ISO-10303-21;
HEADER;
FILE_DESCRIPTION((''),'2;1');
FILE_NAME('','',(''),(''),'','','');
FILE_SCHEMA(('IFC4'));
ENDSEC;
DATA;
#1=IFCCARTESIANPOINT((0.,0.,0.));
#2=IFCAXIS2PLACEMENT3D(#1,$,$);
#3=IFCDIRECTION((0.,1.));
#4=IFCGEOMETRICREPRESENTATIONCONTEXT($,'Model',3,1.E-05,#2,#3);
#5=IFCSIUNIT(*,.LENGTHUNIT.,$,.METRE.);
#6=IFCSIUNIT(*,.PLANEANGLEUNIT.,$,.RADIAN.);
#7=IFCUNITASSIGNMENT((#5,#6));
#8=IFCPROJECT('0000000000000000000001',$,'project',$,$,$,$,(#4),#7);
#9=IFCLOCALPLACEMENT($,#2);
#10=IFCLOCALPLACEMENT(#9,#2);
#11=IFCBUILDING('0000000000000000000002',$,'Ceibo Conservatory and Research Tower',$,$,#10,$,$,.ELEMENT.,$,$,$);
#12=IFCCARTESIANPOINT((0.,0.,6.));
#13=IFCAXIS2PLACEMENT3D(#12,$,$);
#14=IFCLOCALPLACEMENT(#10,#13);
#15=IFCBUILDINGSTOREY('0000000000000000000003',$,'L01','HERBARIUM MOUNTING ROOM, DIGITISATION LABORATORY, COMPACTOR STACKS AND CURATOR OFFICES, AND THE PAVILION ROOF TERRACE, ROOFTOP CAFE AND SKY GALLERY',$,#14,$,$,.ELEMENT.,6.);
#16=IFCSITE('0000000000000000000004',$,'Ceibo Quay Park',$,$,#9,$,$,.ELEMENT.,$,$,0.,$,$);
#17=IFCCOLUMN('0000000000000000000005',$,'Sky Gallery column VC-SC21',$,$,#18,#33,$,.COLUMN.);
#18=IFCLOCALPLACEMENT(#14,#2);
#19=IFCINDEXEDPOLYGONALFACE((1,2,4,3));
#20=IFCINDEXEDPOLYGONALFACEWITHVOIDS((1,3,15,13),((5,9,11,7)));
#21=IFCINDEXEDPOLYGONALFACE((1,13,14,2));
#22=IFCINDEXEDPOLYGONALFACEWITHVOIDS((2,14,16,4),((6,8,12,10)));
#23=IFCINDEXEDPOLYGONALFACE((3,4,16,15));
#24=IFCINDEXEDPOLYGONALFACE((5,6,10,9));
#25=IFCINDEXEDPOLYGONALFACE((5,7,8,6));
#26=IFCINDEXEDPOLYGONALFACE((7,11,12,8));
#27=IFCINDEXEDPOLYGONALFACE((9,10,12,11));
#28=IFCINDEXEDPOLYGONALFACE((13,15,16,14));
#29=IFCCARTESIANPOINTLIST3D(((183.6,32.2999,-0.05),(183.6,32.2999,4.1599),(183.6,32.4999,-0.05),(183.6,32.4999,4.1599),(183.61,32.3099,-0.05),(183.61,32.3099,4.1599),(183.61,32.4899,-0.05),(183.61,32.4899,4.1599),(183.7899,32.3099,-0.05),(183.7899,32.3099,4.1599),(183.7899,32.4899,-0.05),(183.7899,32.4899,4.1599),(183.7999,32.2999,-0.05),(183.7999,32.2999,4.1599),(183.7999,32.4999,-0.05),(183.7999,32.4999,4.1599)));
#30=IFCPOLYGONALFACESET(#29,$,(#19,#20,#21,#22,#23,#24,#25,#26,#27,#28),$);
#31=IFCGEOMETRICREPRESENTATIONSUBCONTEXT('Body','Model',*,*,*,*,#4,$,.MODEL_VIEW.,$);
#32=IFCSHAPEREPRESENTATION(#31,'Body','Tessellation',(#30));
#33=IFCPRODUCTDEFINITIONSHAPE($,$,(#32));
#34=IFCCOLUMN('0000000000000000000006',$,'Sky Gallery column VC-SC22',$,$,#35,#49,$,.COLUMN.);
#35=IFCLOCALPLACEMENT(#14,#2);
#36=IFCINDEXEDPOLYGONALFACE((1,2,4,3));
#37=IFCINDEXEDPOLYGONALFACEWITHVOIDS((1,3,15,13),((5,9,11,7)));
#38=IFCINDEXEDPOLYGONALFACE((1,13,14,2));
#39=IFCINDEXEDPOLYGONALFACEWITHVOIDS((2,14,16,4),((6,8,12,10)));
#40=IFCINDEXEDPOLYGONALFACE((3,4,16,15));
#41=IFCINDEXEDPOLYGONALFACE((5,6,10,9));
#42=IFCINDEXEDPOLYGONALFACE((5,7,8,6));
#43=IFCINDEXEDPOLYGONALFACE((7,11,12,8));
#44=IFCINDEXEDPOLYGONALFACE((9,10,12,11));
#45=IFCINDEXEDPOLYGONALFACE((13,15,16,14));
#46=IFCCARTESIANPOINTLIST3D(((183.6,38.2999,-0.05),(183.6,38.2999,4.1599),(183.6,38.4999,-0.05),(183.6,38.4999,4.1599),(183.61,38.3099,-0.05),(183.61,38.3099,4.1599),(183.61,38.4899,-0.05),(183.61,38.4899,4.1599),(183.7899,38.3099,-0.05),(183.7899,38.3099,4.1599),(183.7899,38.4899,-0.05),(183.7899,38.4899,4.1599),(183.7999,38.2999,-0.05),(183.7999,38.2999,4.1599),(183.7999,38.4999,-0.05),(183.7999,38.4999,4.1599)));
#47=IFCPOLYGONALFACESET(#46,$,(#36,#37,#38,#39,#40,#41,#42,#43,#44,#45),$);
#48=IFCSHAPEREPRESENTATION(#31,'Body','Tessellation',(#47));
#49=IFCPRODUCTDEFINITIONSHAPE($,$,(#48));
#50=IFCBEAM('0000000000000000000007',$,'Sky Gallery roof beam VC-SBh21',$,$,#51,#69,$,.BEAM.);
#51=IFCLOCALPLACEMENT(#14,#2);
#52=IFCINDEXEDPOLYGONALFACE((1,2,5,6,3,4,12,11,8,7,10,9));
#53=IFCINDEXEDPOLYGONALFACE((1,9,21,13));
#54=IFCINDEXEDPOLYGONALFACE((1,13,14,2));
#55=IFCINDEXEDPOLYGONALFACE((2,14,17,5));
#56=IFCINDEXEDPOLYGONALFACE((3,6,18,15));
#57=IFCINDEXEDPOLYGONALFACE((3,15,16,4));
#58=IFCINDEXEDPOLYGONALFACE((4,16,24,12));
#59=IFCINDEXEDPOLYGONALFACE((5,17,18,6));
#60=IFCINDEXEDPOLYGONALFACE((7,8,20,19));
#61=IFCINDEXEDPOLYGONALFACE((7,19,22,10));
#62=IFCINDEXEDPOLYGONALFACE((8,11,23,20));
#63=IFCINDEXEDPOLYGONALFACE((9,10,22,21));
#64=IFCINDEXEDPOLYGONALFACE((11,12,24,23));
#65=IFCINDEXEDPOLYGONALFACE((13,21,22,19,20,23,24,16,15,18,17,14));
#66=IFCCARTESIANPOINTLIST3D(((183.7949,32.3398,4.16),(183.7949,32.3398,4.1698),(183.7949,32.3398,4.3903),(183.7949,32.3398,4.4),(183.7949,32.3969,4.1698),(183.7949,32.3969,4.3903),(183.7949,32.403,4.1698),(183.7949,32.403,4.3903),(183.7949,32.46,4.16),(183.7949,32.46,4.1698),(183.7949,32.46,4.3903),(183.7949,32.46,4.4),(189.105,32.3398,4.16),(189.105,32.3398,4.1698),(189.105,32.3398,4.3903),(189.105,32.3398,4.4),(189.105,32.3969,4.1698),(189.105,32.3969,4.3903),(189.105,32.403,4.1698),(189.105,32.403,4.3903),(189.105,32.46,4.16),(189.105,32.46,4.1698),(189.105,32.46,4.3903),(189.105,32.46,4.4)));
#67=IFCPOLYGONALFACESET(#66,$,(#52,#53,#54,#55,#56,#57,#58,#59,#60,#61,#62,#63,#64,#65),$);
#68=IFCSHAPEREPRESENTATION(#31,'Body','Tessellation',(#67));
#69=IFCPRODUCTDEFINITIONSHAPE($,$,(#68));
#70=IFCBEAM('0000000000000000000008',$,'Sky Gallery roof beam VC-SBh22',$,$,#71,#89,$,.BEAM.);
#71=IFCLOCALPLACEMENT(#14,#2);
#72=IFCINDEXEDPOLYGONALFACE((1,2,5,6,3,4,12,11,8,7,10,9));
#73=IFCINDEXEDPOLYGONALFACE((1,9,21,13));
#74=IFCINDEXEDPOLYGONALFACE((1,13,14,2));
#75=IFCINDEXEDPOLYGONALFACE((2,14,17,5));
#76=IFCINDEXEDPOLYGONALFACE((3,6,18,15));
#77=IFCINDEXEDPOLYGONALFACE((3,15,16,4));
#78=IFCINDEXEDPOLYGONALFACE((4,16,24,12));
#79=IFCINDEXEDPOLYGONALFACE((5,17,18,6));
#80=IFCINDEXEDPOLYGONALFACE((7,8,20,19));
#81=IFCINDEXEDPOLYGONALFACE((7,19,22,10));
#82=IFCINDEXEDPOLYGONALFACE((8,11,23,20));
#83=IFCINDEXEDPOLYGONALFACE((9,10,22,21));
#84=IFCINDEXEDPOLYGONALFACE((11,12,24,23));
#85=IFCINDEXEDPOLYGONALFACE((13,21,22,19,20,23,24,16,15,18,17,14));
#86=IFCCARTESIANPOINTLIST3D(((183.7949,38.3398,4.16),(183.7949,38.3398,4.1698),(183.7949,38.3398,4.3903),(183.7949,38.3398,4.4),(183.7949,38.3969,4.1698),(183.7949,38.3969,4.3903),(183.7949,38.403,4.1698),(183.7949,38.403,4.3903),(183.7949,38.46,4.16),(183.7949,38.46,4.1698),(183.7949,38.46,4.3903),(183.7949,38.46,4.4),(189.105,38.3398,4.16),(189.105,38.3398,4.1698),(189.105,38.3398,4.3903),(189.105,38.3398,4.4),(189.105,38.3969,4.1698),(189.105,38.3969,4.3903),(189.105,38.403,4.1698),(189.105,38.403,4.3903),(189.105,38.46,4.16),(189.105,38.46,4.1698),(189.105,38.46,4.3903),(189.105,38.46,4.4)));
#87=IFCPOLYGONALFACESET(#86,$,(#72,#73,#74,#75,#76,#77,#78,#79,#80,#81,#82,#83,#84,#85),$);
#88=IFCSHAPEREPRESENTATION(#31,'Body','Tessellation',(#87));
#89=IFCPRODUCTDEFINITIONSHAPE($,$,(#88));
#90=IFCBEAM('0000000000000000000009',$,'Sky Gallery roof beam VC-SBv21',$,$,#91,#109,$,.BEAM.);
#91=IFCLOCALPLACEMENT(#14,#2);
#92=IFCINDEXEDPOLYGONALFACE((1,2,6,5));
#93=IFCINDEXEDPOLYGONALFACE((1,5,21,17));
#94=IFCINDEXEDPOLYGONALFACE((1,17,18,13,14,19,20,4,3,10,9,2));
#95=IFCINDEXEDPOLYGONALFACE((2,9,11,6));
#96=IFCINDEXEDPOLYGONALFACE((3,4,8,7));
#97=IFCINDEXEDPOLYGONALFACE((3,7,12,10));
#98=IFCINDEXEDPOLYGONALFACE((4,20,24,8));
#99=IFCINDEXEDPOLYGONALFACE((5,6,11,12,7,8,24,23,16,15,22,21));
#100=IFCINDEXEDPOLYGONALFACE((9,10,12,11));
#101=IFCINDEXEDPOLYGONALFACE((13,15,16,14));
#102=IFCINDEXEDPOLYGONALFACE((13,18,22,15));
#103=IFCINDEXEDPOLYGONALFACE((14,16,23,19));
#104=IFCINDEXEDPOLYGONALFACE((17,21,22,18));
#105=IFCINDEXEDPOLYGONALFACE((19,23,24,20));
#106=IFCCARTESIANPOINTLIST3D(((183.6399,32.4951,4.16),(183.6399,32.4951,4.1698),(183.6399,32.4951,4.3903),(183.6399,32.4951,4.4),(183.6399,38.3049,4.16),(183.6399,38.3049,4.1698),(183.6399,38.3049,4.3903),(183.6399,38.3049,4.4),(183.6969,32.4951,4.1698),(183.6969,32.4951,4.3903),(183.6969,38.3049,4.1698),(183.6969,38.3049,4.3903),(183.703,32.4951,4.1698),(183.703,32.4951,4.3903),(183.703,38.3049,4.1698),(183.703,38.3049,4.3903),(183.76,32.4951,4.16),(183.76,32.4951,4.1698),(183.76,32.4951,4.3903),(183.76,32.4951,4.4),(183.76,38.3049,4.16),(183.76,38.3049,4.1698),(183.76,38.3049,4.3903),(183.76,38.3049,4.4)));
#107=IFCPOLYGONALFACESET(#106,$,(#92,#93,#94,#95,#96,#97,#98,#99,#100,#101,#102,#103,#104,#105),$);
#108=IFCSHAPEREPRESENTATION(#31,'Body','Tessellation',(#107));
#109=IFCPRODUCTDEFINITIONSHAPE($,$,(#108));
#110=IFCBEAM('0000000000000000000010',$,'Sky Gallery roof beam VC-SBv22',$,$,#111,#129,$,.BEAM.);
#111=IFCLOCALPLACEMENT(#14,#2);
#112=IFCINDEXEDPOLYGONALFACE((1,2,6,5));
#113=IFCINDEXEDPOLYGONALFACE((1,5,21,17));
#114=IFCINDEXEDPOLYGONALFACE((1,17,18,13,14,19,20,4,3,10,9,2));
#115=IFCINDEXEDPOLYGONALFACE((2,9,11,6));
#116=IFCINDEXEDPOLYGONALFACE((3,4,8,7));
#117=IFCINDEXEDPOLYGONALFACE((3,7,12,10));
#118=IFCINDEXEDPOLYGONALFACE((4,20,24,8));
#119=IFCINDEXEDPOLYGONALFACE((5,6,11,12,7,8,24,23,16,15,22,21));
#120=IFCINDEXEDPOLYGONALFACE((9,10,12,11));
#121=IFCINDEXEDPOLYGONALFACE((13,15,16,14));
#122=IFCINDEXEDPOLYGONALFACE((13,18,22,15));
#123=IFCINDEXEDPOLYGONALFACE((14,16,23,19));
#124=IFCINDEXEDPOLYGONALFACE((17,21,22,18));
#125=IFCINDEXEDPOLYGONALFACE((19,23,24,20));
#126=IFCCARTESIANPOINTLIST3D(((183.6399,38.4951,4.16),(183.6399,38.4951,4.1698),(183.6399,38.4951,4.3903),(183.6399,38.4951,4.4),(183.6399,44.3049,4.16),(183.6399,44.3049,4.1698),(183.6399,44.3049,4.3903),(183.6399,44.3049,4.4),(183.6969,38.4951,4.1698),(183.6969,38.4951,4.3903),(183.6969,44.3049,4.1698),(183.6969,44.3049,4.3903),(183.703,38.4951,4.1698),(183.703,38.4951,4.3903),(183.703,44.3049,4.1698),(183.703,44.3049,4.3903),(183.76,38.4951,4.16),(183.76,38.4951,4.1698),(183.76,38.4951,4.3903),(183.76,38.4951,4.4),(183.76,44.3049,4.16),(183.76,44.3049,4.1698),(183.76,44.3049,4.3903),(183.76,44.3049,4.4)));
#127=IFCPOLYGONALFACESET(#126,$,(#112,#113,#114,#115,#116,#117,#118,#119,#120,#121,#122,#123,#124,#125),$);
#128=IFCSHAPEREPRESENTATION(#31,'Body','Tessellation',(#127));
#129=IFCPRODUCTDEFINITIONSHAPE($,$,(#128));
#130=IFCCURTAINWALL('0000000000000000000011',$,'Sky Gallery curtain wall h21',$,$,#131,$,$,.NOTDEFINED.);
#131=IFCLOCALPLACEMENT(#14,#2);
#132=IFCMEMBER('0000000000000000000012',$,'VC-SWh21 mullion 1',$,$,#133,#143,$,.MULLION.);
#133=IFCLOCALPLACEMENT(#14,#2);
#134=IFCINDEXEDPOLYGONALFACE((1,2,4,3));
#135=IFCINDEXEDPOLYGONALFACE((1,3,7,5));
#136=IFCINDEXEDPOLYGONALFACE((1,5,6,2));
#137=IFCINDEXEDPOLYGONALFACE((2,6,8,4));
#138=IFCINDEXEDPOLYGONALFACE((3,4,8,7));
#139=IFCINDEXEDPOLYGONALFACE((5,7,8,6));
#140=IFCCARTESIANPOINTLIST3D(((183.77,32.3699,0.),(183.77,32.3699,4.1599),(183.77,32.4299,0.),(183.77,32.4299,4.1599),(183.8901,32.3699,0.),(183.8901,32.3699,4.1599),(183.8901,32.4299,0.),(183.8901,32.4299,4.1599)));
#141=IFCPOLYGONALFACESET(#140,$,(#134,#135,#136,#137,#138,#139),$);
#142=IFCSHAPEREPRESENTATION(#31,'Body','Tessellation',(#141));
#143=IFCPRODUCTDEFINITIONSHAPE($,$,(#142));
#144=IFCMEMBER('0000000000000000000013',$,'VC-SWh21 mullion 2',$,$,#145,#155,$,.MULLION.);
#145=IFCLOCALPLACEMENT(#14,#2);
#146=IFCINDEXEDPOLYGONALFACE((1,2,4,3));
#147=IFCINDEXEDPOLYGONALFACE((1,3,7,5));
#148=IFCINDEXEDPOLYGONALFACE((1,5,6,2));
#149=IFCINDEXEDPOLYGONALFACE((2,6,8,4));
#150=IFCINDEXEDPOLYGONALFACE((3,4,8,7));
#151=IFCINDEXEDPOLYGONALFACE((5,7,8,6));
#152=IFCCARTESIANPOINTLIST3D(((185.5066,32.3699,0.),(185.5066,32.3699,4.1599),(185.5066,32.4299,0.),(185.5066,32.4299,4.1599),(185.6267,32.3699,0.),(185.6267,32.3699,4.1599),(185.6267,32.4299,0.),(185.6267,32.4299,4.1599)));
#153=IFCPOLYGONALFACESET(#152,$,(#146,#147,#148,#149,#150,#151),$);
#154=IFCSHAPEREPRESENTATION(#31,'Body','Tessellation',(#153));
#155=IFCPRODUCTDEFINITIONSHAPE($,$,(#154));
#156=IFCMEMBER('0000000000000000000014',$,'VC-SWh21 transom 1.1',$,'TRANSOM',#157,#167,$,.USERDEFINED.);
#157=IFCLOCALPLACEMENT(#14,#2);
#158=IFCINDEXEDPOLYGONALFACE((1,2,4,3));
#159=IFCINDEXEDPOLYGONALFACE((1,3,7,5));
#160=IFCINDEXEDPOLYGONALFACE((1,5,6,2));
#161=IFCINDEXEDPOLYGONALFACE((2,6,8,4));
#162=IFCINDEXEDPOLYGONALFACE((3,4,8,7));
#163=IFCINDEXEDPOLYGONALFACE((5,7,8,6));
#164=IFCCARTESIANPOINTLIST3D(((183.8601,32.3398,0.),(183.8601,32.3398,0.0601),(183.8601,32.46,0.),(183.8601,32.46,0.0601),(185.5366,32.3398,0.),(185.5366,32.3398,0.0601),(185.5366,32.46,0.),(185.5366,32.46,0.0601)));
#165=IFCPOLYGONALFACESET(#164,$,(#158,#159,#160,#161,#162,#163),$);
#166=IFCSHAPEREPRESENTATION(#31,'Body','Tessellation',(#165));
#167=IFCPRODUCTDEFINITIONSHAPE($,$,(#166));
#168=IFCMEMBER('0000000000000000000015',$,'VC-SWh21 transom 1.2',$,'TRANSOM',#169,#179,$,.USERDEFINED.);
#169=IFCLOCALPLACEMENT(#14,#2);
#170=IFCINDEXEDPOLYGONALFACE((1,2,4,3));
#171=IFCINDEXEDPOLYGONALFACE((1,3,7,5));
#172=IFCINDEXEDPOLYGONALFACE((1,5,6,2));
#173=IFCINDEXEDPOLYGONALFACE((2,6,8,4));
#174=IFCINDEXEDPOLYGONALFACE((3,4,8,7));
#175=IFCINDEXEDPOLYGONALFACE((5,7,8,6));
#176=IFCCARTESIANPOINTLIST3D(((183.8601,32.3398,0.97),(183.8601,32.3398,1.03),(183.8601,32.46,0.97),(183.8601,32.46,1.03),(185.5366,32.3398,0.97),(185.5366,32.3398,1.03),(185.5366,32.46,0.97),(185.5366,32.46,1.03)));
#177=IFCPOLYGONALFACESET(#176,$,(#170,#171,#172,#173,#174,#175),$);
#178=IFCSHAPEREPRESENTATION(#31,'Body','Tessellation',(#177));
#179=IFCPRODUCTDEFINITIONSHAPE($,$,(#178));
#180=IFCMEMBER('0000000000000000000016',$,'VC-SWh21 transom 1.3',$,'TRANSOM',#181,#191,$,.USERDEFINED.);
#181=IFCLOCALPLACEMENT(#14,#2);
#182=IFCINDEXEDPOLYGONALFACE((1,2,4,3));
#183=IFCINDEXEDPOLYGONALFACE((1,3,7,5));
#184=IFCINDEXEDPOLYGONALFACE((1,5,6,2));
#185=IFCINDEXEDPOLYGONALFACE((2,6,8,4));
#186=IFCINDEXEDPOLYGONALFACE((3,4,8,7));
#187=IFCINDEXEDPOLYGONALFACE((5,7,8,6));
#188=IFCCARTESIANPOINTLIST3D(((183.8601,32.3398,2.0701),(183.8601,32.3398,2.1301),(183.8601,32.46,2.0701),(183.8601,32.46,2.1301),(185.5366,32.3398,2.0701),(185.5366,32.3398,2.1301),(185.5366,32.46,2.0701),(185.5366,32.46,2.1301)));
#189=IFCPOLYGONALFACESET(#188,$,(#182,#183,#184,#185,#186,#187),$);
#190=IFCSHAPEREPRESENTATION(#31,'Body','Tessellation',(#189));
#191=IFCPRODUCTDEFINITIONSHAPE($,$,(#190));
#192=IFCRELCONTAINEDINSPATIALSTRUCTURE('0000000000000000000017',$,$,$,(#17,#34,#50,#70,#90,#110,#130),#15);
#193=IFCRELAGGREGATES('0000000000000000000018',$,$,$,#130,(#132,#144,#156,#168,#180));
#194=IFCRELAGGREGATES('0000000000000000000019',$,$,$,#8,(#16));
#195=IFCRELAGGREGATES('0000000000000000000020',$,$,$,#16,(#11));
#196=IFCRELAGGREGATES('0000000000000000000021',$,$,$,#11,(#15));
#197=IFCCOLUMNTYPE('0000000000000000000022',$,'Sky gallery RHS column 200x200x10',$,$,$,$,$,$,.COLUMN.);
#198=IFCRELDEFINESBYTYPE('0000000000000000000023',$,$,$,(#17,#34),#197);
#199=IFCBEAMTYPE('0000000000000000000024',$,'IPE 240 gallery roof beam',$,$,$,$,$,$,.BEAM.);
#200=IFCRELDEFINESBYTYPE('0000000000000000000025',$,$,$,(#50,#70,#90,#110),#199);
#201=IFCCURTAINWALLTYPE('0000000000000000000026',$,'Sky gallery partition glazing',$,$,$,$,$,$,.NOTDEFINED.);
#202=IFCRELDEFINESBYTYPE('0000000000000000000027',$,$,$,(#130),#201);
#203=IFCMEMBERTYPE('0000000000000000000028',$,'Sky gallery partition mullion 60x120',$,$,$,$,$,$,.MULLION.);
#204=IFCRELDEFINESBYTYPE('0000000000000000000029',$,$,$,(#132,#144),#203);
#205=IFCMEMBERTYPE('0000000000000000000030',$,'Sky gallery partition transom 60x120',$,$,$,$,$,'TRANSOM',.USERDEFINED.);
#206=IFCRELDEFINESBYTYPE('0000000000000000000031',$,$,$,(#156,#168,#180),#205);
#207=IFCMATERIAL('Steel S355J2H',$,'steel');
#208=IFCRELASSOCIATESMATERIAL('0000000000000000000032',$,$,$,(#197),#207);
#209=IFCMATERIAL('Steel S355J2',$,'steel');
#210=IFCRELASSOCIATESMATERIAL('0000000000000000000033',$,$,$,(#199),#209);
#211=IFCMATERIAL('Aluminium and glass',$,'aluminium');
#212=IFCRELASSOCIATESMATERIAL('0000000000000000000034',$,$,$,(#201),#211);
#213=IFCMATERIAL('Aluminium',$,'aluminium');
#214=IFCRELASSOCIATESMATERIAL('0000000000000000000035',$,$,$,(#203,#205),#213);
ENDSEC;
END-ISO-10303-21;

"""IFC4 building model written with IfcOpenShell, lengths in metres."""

from ifc_helpers import new_model, si_unit, direction, frame, origin, origin_2d, place, context, subcontext, project, spatial, rectangle, hollow_rectangle, i_section, extrude, material, material_profile, profile_set, type_object, element, aggregate, save


model = new_model("IFC4")

# Units and contexts
model_context = context("Model", 3, precision=1e-05, world=origin(), true_north=direction((0.0, 1.0)))
body_context = subcontext(model_context, "Body", "Model", "MODEL_VIEW")
ifc_project = project(units=[si_unit("LENGTHUNIT", "METRE"), si_unit("PLANEANGLEUNIT", "RADIAN")], contexts=[model_context])

# Site, building, storey
site_placement = place(None, origin())
site = spatial("IfcSite", under=ifc_project, at=site_placement, Name="Ceibo Quay Park", CompositionType="ELEMENT", RefElevation=0.0)
building_placement = place(site_placement, origin())
building = spatial("IfcBuilding", under=site, at=building_placement, Name="Ceibo Conservatory and Research Tower", CompositionType="ELEMENT")
storey_placement = place(building_placement, frame((0.0, 0.0, 6.0)))
storey = spatial("IfcBuildingStorey", under=building, at=storey_placement, Name="L01", Description="HERBARIUM MOUNTING ROOM, DIGITISATION LABORATORY, COMPACTOR STACKS AND CURATOR OFFICES, AND THE PAVILION ROOF TERRACE, ROOFTOP CAFE AND SKY GALLERY", CompositionType="ELEMENT", Elevation=6.0)

# Columns
ifc_material_1 = material(Name="Steel S355J2H", Category="steel")
ifc_material_profile_1 = material_profile(ifc_material_1, hollow_rectangle(XDim=0.2, YDim=0.2, WallThickness=0.01, at=origin_2d()), Name="Sky gallery RHS column 200x200x10")
ifc_profile_set_1 = profile_set([ifc_material_profile_1], Name="Steel S355J2H")
column_type = type_object("IfcColumnType", Name="Sky gallery RHS column 200x200x10", PredefinedType="COLUMN", material=ifc_profile_set_1)
for number, where, z_axis, x_axis, name in (
    (1, (183.7, 32.3999, -0.05), (0.0, 0.0, 1.0), (1.0, 0.0, 0.0), "Sky Gallery column VC-SC21"),
    (2, (183.7, 38.3999, -0.05), (0.0, 0.0, 1.0), (1.0, 0.0, 0.0), "Sky Gallery column VC-SC22"),
):
    element("IfcColumn", number, at=place(storey_placement, frame(where, z_axis=z_axis, x_axis=x_axis)), inside=storey, type_object=column_type, Name=name, PredefinedType="COLUMN", context=body_context, shape_type="SweptSolid", body=[
        extrude(hollow_rectangle(XDim=0.2, YDim=0.2, WallThickness=0.01, at=origin_2d()), origin(), (0.0, 0.0, 1.0), 4.21),
    ])

# Beams
ifc_material_2 = material(Name="Steel S355J2", Category="steel")
ifc_material_profile_2 = material_profile(ifc_material_2, i_section(OverallWidth=0.1201, OverallDepth=0.24, WebThickness=0.0061, FlangeThickness=0.0098, at=origin_2d()), Name="IPE 240")
ifc_profile_set_2 = profile_set([ifc_material_profile_2], Name="Steel S355J2")
beam_type = type_object("IfcBeamType", Name="IPE 240 gallery roof beam", PredefinedType="BEAM", material=ifc_profile_set_2)
for number, where, z_axis, x_axis, name in (
    (3, (183.7949, 32.3999, 4.28), (1.0, 0.0, 0.0), (0.0, 1.0, 0.0), "Sky Gallery roof beam VC-SBh21"),
    (4, (183.7949, 38.3999, 4.28), (1.0, 0.0, 0.0), (0.0, 1.0, 0.0), "Sky Gallery roof beam VC-SBh22"),
):
    element("IfcBeam", number, at=place(storey_placement, frame(where, z_axis=z_axis, x_axis=x_axis)), inside=storey, type_object=beam_type, Name=name, PredefinedType="BEAM", context=body_context, shape_type="SweptSolid", body=[
        extrude(i_section(OverallWidth=0.1201, OverallDepth=0.24, WebThickness=0.0061, FlangeThickness=0.0098, at=origin_2d()), origin(), (0.0, 0.0, 1.0), 5.3101),
    ])
for number, where, z_axis, x_axis, name in (
    (5, (183.7, 32.4951, 4.28), (0.0, 1.0, 0.0), (-1.0, 0.0, 0.0), "Sky Gallery roof beam VC-SBv21"),
    (6, (183.7, 38.4951, 4.28), (0.0, 1.0, 0.0), (-1.0, 0.0, 0.0), "Sky Gallery roof beam VC-SBv22"),
):
    element("IfcBeam", number, at=place(storey_placement, frame(where, z_axis=z_axis, x_axis=x_axis)), inside=storey, type_object=beam_type, Name=name, PredefinedType="BEAM", context=body_context, shape_type="SweptSolid", body=[
        extrude(i_section(OverallWidth=0.1201, OverallDepth=0.24, WebThickness=0.0061, FlangeThickness=0.0098, at=origin_2d()), origin(), (0.0, 0.0, 1.0), 5.8098),
    ])

# Curtain wall, members
ifc_material_3 = material(Name="Aluminium and glass", Category="aluminium")
curtain_wall_type = type_object("IfcCurtainWallType", Name="Sky gallery partition glazing", PredefinedType="NOTDEFINED", material=ifc_material_3)
curtain_wall_placement = place(storey_placement, origin())
curtain_wall = element("IfcCurtainWall", 7, at=curtain_wall_placement, inside=storey, type_object=curtain_wall_type, Name="Sky Gallery curtain wall h21", PredefinedType="NOTDEFINED")
ifc_material_4 = material(Name="Aluminium", Category="aluminium")
ifc_material_profile_3 = material_profile(ifc_material_4, rectangle(XDim=0.0601, YDim=0.1201, at=origin_2d()), Name="AL 60x120")
ifc_profile_set_3 = profile_set([ifc_material_profile_3], Name="Aluminium")
member_type_1 = type_object("IfcMemberType", Name="Sky gallery partition mullion 60x120", PredefinedType="MULLION", material=ifc_profile_set_3)
member_1_placement = place(storey_placement, frame((183.8301, 32.3999, 0.0), z_axis=(0.0, 0.0, 1.0), x_axis=(0.0, 1.0, 0.0)))
member_1 = element("IfcMember", 8, at=member_1_placement, type_object=member_type_1, Name="VC-SWh21 mullion 1", PredefinedType="MULLION", context=body_context, shape_type="SweptSolid", body=[
    extrude(rectangle(XDim=0.0601, YDim=0.1201, at=origin_2d()), origin(), (0.0, 0.0, 1.0), 4.1599),
])
member_2_placement = place(storey_placement, frame((185.5667, 32.3999, 0.0), z_axis=(0.0, 0.0, 1.0), x_axis=(0.0, 1.0, 0.0)))
member_2 = element("IfcMember", 9, at=member_2_placement, type_object=member_type_1, Name="VC-SWh21 mullion 2", PredefinedType="MULLION", context=body_context, shape_type="SweptSolid", body=[
    extrude(rectangle(XDim=0.0601, YDim=0.1201, at=origin_2d()), origin(), (0.0, 0.0, 1.0), 4.1599),
])
ifc_material_profile_4 = material_profile(ifc_material_4, rectangle(XDim=0.1201, YDim=0.0601, at=origin_2d()), Name="AL 60x120")
ifc_profile_set_4 = profile_set([ifc_material_profile_4], Name="Aluminium")
member_type_2 = type_object("IfcMemberType", Name="Sky gallery partition transom 60x120", ElementType="TRANSOM", PredefinedType="USERDEFINED", material=ifc_profile_set_4)
member_3_placement = place(storey_placement, frame((183.8601, 32.3999, 0.03), z_axis=(1.0, 0.0, 0.0), x_axis=(0.0, 1.0, 0.0)))
member_3 = element("IfcMember", 10, at=member_3_placement, type_object=member_type_2, Name="VC-SWh21 transom 1.1", ObjectType="TRANSOM", PredefinedType="USERDEFINED", context=body_context, shape_type="SweptSolid", body=[
    extrude(rectangle(XDim=0.1201, YDim=0.0601, at=origin_2d()), origin(), (0.0, 0.0, 1.0), 1.6765),
])
member_4_placement = place(storey_placement, frame((183.8601, 32.3999, 1.0), z_axis=(1.0, 0.0, 0.0), x_axis=(0.0, 1.0, 0.0)))
member_4 = element("IfcMember", 11, at=member_4_placement, type_object=member_type_2, Name="VC-SWh21 transom 1.2", ObjectType="TRANSOM", PredefinedType="USERDEFINED", context=body_context, shape_type="SweptSolid", body=[
    extrude(rectangle(XDim=0.1201, YDim=0.0601, at=origin_2d()), origin(), (0.0, 0.0, 1.0), 1.6765),
])
member_5_placement = place(storey_placement, frame((183.8601, 32.3999, 2.1001), z_axis=(1.0, 0.0, 0.0), x_axis=(0.0, 1.0, 0.0)))
member_5 = element("IfcMember", 12, at=member_5_placement, type_object=member_type_2, Name="VC-SWh21 transom 1.3", ObjectType="TRANSOM", PredefinedType="USERDEFINED", context=body_context, shape_type="SweptSolid", body=[
    extrude(rectangle(XDim=0.1201, YDim=0.0601, at=origin_2d()), origin(), (0.0, 0.0, 1.0), 1.6765),
])
aggregate(curtain_wall, [member_1, member_2, member_3, member_4, member_5])

save(model, "model.ifc")
